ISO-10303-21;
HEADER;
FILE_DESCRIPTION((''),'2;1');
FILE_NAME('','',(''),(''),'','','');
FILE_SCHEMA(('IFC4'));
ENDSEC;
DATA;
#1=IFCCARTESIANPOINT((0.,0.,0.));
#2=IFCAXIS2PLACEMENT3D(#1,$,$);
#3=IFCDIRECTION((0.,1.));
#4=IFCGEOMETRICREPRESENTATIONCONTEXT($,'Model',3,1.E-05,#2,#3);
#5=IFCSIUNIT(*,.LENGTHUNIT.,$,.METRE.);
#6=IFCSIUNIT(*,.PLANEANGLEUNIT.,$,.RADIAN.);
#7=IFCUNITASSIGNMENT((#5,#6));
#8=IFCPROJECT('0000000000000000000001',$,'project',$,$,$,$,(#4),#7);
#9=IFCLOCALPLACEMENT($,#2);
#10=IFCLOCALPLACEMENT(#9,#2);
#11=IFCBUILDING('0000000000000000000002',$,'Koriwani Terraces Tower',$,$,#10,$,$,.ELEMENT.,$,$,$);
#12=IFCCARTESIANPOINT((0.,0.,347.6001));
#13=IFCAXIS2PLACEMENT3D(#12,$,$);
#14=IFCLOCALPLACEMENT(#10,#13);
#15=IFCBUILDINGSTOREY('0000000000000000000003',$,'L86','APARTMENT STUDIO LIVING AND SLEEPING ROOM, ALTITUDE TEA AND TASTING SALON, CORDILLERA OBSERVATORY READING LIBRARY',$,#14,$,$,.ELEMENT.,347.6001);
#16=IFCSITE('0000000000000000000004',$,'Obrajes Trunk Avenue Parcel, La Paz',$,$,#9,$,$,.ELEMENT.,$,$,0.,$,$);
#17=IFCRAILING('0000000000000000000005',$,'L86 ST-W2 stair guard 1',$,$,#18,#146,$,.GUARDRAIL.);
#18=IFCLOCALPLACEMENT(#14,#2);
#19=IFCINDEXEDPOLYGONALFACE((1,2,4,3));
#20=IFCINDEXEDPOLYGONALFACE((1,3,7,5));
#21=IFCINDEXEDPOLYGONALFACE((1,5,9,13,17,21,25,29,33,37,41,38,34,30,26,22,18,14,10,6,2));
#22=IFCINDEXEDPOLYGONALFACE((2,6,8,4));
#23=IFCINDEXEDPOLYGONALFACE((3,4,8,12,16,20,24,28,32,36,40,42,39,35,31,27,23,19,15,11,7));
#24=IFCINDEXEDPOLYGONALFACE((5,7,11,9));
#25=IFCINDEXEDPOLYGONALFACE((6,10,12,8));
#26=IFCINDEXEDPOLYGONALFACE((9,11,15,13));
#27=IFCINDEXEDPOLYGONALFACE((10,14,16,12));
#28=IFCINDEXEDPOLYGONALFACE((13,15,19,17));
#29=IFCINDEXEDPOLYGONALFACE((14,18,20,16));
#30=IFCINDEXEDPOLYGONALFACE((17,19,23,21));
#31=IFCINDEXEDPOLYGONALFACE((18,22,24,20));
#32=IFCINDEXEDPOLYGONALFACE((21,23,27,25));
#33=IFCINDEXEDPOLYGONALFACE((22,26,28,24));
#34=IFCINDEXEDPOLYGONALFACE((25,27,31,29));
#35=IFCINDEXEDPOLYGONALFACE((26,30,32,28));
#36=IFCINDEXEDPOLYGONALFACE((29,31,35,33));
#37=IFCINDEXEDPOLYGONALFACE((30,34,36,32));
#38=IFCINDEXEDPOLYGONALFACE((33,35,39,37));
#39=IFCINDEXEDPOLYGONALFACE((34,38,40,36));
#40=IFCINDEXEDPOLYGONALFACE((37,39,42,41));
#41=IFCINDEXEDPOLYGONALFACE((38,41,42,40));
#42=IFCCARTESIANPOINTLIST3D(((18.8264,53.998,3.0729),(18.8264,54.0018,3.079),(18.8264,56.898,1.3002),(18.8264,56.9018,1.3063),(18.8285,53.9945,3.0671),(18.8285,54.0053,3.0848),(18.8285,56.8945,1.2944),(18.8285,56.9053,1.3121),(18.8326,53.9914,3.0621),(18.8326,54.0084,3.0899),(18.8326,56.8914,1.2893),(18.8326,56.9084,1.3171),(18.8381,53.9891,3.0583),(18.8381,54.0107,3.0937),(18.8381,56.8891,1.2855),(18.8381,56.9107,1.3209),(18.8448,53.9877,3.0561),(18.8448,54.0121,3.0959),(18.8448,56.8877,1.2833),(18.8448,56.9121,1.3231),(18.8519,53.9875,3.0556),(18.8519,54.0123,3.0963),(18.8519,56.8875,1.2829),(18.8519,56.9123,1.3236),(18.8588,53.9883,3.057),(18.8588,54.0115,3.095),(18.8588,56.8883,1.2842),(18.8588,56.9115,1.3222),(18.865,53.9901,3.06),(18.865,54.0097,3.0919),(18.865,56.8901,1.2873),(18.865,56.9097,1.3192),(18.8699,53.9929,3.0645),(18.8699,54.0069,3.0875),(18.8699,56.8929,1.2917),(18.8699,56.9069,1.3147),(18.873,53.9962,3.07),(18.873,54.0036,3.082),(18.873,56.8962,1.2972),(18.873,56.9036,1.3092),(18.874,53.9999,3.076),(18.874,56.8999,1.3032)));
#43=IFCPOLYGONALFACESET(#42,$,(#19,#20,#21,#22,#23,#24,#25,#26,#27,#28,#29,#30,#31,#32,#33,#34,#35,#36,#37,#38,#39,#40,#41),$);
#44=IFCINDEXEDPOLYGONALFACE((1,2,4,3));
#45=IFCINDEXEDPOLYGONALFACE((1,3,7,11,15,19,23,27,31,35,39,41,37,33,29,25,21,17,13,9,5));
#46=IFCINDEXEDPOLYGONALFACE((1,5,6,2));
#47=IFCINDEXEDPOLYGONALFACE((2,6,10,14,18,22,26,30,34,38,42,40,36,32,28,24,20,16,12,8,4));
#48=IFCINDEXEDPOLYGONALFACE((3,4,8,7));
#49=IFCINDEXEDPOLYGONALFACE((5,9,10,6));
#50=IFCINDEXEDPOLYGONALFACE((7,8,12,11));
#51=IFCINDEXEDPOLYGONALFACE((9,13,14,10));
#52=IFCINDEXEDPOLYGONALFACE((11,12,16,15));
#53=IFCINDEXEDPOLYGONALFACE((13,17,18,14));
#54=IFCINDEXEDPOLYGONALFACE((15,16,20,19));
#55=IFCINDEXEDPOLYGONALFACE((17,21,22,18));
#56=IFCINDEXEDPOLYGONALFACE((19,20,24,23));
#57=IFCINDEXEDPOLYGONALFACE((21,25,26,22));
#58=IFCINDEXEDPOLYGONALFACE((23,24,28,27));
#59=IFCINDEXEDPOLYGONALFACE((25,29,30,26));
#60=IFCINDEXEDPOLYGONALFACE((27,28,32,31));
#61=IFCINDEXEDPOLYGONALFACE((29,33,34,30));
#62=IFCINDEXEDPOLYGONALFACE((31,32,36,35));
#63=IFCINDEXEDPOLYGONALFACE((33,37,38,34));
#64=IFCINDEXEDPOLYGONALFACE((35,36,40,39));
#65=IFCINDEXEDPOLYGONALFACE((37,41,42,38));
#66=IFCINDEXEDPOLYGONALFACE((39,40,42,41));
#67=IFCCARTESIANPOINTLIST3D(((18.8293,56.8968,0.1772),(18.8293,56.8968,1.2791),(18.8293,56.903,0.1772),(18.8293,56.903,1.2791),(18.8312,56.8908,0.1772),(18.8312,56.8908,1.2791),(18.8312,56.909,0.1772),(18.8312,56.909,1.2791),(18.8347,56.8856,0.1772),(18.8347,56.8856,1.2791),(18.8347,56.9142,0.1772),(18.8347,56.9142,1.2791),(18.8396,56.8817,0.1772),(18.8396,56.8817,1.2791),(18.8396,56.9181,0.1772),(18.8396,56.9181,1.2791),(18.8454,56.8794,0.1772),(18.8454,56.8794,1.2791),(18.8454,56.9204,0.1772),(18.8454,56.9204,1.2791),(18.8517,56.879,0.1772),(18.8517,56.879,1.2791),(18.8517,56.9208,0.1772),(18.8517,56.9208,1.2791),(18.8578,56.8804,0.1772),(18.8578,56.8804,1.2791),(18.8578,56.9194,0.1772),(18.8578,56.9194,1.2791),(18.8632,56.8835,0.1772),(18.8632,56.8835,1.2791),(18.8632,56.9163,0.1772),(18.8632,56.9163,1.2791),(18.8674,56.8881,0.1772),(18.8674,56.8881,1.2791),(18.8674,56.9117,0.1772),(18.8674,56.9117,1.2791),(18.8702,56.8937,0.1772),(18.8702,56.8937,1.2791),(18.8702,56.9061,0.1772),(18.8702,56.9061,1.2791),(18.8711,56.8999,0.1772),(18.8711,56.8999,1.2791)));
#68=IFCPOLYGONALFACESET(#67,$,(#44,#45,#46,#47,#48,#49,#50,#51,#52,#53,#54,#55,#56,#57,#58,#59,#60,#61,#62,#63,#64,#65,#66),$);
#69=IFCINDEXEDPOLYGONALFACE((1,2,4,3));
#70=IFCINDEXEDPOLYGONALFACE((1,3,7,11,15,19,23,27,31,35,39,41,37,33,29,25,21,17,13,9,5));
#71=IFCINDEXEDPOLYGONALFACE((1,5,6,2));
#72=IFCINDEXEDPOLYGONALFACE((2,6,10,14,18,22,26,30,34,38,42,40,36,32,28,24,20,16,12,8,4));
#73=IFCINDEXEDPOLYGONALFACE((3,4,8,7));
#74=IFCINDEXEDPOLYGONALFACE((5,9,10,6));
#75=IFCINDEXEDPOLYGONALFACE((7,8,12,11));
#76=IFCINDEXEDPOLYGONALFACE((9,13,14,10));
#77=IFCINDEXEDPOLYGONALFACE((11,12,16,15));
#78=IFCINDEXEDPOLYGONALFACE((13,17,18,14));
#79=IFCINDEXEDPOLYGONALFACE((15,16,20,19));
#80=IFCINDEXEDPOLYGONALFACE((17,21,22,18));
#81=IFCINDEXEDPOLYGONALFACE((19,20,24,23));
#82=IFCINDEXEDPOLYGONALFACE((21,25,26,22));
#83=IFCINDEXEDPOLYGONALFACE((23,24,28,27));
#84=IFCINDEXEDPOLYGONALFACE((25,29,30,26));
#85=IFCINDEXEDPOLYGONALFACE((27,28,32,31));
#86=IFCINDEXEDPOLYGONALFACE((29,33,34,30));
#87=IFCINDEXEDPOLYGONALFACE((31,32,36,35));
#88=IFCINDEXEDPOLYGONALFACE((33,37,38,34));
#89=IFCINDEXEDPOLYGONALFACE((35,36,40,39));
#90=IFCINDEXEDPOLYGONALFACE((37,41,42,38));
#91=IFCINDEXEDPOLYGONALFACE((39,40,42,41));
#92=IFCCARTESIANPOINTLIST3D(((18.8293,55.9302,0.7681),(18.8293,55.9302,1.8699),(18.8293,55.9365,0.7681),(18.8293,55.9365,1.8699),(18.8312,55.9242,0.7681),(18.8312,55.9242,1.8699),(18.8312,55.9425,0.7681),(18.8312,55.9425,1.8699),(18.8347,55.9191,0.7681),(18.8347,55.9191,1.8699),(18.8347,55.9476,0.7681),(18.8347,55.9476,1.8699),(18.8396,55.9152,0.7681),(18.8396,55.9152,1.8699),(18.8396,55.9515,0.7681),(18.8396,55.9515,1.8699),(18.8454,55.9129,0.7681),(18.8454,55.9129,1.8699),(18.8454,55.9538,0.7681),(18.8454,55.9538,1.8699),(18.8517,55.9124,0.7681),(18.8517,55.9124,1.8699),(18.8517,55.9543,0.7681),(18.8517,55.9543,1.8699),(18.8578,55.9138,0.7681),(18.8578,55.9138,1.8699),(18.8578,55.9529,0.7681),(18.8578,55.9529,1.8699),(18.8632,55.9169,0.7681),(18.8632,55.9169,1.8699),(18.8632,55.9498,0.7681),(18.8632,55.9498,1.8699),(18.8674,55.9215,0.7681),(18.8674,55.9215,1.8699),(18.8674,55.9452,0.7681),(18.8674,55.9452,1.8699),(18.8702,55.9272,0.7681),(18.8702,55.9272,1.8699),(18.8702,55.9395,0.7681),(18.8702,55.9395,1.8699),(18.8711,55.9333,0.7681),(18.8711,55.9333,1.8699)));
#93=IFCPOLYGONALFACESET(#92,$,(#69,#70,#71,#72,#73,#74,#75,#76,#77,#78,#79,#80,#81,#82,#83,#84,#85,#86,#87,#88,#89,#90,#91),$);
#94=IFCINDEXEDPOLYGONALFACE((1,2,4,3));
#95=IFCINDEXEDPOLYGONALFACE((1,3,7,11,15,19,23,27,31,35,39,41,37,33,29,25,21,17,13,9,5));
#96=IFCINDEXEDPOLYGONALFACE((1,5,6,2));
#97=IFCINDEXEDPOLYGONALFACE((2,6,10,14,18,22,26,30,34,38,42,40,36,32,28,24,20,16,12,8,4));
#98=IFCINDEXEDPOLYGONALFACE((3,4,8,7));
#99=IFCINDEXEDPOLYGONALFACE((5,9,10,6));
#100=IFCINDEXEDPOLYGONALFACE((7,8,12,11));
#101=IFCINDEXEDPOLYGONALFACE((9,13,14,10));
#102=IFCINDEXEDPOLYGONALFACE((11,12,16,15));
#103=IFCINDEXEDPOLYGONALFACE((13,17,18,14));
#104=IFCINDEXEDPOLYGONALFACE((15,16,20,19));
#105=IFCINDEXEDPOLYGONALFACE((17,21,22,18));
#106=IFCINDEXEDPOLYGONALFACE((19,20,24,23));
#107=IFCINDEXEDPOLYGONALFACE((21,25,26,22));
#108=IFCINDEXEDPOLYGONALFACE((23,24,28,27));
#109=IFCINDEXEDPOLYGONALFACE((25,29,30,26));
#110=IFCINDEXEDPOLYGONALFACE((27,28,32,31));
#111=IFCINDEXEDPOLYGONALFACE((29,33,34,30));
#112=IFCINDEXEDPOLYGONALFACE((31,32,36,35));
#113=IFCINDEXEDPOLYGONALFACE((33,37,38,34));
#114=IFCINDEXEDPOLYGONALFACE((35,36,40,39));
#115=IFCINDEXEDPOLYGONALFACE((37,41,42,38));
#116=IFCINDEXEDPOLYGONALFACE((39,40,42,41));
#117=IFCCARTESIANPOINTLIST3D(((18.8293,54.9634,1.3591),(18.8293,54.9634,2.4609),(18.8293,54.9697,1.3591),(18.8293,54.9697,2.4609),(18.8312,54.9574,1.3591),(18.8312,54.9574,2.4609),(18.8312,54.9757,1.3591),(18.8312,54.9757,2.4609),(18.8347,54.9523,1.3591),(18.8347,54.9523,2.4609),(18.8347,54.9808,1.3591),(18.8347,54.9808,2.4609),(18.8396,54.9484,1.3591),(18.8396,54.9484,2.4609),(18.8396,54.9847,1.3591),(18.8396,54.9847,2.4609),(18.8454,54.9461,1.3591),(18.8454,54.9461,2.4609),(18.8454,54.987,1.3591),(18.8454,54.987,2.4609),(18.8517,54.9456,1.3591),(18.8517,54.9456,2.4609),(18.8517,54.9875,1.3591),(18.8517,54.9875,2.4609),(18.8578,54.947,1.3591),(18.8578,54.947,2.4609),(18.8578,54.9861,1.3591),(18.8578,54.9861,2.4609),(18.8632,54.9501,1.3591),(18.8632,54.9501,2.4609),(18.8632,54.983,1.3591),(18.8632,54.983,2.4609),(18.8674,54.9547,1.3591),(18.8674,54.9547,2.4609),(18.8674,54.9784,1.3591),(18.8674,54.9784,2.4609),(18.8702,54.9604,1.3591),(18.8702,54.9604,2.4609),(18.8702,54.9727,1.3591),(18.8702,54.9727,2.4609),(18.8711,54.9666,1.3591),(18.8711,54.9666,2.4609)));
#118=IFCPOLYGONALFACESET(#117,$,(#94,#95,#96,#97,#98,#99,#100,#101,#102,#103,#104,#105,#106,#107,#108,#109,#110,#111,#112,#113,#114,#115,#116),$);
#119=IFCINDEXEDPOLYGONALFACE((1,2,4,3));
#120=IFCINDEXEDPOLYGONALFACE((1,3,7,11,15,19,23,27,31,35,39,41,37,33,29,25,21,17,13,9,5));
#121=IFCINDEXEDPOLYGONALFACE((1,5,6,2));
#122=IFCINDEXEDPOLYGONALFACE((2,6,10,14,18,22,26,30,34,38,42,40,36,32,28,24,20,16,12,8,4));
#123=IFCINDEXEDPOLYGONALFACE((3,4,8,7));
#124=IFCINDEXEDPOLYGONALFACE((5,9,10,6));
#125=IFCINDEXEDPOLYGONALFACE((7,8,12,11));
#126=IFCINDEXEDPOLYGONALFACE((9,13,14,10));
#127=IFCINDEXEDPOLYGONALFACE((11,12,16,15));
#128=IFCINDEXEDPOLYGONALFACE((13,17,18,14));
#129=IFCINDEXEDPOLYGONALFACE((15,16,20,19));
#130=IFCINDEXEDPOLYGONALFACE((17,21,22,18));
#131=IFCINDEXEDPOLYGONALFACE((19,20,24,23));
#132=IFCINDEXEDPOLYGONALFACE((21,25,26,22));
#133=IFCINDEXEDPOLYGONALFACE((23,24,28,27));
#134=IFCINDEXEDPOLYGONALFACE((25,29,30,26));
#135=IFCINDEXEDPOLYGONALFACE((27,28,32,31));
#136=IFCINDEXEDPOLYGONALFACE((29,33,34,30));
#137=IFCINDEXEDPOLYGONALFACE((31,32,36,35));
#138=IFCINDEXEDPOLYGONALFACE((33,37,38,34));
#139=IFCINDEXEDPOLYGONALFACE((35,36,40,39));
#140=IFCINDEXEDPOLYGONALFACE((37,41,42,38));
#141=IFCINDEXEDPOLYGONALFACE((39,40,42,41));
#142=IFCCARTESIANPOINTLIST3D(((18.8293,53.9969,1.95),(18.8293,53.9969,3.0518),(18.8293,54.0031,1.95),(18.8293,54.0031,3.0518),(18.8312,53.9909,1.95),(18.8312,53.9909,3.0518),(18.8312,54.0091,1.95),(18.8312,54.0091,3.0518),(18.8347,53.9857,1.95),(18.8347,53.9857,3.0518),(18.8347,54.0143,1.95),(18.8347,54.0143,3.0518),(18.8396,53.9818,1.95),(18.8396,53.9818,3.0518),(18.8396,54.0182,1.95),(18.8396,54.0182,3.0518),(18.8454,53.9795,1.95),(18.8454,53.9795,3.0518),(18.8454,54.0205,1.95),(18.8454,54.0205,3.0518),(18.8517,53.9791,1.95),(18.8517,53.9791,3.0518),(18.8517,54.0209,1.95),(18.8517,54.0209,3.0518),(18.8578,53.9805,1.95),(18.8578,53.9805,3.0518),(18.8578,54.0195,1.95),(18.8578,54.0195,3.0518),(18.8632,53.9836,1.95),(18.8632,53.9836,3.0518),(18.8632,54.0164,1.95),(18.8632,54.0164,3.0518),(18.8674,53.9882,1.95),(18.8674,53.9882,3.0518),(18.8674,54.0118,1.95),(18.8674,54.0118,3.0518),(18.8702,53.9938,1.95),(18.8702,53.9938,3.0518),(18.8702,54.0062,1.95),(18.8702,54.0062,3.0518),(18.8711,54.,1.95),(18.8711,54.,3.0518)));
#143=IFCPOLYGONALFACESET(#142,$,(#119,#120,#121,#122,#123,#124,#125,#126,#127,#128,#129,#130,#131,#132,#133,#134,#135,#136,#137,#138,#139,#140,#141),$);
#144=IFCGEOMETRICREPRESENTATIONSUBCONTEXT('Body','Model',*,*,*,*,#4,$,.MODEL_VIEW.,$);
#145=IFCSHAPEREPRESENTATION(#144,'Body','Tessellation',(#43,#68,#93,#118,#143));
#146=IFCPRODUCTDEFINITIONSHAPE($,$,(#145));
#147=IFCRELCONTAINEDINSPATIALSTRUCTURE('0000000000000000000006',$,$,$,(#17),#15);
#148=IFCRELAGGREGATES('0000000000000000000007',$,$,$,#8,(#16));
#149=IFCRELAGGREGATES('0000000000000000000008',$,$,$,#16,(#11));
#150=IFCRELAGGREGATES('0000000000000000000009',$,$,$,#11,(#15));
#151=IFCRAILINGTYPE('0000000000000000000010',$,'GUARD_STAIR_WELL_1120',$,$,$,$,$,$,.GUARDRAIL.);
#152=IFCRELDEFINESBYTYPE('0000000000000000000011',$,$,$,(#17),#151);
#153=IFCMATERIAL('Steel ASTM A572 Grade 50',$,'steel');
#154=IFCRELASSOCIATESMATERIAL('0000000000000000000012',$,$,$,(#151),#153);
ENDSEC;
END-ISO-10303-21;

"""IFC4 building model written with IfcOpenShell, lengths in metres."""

from ifc_helpers import new_model, si_unit, direction, frame, origin, origin_2d, place, context, subcontext, project, spatial, circle, extrude, material, type_object, element, save


model = new_model("IFC4")

# Units and contexts
model_context = context("Model", 3, precision=1e-05, world=origin(), true_north=direction((0.0, 1.0)))
body_context = subcontext(model_context, "Body", "Model", "MODEL_VIEW")
ifc_project = project(units=[si_unit("LENGTHUNIT", "METRE"), si_unit("PLANEANGLEUNIT", "RADIAN")], contexts=[model_context])

# Site, building, storey
site_placement = place(None, origin())
site = spatial("IfcSite", under=ifc_project, at=site_placement, Name="Obrajes Trunk Avenue Parcel, La Paz", CompositionType="ELEMENT", RefElevation=0.0)
building_placement = place(site_placement, origin())
building = spatial("IfcBuilding", under=site, at=building_placement, Name="Koriwani Terraces Tower", CompositionType="ELEMENT")
storey_placement = place(building_placement, frame((0.0, 0.0, 347.6001)))
storey = spatial("IfcBuildingStorey", under=building, at=storey_placement, Name="L86", Description="APARTMENT STUDIO LIVING AND SLEEPING ROOM, ALTITUDE TEA AND TASTING SALON, CORDILLERA OBSERVATORY READING LIBRARY", CompositionType="ELEMENT", Elevation=347.6001)

# Shared definitions
ifc_material_1 = material(Name="Steel ASTM A572 Grade 50", Category="steel")

# Railing
railing_type_1 = type_object("IfcRailingType", Name="GUARD_STAIR_WELL_1120", PredefinedType="GUARDRAIL", material=ifc_material_1)
for number, where, name in (
    (1, (18.8501, 56.8999, 0.1772), "L86 ST-W2 stair guard 1"),
):
    element("IfcRailing", number, at=place(storey_placement, frame(where)), inside=storey, type_object=railing_type_1, Name=name, PredefinedType="GUARDRAIL", context=body_context, shape_type="SweptSolid", body=[
        extrude(circle(Radius=0.0239, at=origin_2d()), frame((0.0, 0.0, 1.126), z_axis=(0.0, -0.853211, 0.521566), x_axis=(1.0, 0.0, 0.0)), (0.0, 0.0, 1.0), 3.3989),
        extrude(circle(Radius=0.021, at=origin_2d()), origin(), (0.0, 0.0, 1.0), 1.1018),
        extrude(circle(Radius=0.021, at=origin_2d()), frame((0.0, -0.9666, 0.5908)), (0.0, 0.0, 1.0), 1.1018),
        extrude(circle(Radius=0.021, at=origin_2d()), frame((0.0, -1.9333, 1.1819)), (0.0, 0.0, 1.0), 1.1018),
        extrude(circle(Radius=0.021, at=origin_2d()), frame((0.0, -2.8999, 1.7727)), (0.0, 0.0, 1.0), 1.1018),
    ])

save(model, "model.ifc")
